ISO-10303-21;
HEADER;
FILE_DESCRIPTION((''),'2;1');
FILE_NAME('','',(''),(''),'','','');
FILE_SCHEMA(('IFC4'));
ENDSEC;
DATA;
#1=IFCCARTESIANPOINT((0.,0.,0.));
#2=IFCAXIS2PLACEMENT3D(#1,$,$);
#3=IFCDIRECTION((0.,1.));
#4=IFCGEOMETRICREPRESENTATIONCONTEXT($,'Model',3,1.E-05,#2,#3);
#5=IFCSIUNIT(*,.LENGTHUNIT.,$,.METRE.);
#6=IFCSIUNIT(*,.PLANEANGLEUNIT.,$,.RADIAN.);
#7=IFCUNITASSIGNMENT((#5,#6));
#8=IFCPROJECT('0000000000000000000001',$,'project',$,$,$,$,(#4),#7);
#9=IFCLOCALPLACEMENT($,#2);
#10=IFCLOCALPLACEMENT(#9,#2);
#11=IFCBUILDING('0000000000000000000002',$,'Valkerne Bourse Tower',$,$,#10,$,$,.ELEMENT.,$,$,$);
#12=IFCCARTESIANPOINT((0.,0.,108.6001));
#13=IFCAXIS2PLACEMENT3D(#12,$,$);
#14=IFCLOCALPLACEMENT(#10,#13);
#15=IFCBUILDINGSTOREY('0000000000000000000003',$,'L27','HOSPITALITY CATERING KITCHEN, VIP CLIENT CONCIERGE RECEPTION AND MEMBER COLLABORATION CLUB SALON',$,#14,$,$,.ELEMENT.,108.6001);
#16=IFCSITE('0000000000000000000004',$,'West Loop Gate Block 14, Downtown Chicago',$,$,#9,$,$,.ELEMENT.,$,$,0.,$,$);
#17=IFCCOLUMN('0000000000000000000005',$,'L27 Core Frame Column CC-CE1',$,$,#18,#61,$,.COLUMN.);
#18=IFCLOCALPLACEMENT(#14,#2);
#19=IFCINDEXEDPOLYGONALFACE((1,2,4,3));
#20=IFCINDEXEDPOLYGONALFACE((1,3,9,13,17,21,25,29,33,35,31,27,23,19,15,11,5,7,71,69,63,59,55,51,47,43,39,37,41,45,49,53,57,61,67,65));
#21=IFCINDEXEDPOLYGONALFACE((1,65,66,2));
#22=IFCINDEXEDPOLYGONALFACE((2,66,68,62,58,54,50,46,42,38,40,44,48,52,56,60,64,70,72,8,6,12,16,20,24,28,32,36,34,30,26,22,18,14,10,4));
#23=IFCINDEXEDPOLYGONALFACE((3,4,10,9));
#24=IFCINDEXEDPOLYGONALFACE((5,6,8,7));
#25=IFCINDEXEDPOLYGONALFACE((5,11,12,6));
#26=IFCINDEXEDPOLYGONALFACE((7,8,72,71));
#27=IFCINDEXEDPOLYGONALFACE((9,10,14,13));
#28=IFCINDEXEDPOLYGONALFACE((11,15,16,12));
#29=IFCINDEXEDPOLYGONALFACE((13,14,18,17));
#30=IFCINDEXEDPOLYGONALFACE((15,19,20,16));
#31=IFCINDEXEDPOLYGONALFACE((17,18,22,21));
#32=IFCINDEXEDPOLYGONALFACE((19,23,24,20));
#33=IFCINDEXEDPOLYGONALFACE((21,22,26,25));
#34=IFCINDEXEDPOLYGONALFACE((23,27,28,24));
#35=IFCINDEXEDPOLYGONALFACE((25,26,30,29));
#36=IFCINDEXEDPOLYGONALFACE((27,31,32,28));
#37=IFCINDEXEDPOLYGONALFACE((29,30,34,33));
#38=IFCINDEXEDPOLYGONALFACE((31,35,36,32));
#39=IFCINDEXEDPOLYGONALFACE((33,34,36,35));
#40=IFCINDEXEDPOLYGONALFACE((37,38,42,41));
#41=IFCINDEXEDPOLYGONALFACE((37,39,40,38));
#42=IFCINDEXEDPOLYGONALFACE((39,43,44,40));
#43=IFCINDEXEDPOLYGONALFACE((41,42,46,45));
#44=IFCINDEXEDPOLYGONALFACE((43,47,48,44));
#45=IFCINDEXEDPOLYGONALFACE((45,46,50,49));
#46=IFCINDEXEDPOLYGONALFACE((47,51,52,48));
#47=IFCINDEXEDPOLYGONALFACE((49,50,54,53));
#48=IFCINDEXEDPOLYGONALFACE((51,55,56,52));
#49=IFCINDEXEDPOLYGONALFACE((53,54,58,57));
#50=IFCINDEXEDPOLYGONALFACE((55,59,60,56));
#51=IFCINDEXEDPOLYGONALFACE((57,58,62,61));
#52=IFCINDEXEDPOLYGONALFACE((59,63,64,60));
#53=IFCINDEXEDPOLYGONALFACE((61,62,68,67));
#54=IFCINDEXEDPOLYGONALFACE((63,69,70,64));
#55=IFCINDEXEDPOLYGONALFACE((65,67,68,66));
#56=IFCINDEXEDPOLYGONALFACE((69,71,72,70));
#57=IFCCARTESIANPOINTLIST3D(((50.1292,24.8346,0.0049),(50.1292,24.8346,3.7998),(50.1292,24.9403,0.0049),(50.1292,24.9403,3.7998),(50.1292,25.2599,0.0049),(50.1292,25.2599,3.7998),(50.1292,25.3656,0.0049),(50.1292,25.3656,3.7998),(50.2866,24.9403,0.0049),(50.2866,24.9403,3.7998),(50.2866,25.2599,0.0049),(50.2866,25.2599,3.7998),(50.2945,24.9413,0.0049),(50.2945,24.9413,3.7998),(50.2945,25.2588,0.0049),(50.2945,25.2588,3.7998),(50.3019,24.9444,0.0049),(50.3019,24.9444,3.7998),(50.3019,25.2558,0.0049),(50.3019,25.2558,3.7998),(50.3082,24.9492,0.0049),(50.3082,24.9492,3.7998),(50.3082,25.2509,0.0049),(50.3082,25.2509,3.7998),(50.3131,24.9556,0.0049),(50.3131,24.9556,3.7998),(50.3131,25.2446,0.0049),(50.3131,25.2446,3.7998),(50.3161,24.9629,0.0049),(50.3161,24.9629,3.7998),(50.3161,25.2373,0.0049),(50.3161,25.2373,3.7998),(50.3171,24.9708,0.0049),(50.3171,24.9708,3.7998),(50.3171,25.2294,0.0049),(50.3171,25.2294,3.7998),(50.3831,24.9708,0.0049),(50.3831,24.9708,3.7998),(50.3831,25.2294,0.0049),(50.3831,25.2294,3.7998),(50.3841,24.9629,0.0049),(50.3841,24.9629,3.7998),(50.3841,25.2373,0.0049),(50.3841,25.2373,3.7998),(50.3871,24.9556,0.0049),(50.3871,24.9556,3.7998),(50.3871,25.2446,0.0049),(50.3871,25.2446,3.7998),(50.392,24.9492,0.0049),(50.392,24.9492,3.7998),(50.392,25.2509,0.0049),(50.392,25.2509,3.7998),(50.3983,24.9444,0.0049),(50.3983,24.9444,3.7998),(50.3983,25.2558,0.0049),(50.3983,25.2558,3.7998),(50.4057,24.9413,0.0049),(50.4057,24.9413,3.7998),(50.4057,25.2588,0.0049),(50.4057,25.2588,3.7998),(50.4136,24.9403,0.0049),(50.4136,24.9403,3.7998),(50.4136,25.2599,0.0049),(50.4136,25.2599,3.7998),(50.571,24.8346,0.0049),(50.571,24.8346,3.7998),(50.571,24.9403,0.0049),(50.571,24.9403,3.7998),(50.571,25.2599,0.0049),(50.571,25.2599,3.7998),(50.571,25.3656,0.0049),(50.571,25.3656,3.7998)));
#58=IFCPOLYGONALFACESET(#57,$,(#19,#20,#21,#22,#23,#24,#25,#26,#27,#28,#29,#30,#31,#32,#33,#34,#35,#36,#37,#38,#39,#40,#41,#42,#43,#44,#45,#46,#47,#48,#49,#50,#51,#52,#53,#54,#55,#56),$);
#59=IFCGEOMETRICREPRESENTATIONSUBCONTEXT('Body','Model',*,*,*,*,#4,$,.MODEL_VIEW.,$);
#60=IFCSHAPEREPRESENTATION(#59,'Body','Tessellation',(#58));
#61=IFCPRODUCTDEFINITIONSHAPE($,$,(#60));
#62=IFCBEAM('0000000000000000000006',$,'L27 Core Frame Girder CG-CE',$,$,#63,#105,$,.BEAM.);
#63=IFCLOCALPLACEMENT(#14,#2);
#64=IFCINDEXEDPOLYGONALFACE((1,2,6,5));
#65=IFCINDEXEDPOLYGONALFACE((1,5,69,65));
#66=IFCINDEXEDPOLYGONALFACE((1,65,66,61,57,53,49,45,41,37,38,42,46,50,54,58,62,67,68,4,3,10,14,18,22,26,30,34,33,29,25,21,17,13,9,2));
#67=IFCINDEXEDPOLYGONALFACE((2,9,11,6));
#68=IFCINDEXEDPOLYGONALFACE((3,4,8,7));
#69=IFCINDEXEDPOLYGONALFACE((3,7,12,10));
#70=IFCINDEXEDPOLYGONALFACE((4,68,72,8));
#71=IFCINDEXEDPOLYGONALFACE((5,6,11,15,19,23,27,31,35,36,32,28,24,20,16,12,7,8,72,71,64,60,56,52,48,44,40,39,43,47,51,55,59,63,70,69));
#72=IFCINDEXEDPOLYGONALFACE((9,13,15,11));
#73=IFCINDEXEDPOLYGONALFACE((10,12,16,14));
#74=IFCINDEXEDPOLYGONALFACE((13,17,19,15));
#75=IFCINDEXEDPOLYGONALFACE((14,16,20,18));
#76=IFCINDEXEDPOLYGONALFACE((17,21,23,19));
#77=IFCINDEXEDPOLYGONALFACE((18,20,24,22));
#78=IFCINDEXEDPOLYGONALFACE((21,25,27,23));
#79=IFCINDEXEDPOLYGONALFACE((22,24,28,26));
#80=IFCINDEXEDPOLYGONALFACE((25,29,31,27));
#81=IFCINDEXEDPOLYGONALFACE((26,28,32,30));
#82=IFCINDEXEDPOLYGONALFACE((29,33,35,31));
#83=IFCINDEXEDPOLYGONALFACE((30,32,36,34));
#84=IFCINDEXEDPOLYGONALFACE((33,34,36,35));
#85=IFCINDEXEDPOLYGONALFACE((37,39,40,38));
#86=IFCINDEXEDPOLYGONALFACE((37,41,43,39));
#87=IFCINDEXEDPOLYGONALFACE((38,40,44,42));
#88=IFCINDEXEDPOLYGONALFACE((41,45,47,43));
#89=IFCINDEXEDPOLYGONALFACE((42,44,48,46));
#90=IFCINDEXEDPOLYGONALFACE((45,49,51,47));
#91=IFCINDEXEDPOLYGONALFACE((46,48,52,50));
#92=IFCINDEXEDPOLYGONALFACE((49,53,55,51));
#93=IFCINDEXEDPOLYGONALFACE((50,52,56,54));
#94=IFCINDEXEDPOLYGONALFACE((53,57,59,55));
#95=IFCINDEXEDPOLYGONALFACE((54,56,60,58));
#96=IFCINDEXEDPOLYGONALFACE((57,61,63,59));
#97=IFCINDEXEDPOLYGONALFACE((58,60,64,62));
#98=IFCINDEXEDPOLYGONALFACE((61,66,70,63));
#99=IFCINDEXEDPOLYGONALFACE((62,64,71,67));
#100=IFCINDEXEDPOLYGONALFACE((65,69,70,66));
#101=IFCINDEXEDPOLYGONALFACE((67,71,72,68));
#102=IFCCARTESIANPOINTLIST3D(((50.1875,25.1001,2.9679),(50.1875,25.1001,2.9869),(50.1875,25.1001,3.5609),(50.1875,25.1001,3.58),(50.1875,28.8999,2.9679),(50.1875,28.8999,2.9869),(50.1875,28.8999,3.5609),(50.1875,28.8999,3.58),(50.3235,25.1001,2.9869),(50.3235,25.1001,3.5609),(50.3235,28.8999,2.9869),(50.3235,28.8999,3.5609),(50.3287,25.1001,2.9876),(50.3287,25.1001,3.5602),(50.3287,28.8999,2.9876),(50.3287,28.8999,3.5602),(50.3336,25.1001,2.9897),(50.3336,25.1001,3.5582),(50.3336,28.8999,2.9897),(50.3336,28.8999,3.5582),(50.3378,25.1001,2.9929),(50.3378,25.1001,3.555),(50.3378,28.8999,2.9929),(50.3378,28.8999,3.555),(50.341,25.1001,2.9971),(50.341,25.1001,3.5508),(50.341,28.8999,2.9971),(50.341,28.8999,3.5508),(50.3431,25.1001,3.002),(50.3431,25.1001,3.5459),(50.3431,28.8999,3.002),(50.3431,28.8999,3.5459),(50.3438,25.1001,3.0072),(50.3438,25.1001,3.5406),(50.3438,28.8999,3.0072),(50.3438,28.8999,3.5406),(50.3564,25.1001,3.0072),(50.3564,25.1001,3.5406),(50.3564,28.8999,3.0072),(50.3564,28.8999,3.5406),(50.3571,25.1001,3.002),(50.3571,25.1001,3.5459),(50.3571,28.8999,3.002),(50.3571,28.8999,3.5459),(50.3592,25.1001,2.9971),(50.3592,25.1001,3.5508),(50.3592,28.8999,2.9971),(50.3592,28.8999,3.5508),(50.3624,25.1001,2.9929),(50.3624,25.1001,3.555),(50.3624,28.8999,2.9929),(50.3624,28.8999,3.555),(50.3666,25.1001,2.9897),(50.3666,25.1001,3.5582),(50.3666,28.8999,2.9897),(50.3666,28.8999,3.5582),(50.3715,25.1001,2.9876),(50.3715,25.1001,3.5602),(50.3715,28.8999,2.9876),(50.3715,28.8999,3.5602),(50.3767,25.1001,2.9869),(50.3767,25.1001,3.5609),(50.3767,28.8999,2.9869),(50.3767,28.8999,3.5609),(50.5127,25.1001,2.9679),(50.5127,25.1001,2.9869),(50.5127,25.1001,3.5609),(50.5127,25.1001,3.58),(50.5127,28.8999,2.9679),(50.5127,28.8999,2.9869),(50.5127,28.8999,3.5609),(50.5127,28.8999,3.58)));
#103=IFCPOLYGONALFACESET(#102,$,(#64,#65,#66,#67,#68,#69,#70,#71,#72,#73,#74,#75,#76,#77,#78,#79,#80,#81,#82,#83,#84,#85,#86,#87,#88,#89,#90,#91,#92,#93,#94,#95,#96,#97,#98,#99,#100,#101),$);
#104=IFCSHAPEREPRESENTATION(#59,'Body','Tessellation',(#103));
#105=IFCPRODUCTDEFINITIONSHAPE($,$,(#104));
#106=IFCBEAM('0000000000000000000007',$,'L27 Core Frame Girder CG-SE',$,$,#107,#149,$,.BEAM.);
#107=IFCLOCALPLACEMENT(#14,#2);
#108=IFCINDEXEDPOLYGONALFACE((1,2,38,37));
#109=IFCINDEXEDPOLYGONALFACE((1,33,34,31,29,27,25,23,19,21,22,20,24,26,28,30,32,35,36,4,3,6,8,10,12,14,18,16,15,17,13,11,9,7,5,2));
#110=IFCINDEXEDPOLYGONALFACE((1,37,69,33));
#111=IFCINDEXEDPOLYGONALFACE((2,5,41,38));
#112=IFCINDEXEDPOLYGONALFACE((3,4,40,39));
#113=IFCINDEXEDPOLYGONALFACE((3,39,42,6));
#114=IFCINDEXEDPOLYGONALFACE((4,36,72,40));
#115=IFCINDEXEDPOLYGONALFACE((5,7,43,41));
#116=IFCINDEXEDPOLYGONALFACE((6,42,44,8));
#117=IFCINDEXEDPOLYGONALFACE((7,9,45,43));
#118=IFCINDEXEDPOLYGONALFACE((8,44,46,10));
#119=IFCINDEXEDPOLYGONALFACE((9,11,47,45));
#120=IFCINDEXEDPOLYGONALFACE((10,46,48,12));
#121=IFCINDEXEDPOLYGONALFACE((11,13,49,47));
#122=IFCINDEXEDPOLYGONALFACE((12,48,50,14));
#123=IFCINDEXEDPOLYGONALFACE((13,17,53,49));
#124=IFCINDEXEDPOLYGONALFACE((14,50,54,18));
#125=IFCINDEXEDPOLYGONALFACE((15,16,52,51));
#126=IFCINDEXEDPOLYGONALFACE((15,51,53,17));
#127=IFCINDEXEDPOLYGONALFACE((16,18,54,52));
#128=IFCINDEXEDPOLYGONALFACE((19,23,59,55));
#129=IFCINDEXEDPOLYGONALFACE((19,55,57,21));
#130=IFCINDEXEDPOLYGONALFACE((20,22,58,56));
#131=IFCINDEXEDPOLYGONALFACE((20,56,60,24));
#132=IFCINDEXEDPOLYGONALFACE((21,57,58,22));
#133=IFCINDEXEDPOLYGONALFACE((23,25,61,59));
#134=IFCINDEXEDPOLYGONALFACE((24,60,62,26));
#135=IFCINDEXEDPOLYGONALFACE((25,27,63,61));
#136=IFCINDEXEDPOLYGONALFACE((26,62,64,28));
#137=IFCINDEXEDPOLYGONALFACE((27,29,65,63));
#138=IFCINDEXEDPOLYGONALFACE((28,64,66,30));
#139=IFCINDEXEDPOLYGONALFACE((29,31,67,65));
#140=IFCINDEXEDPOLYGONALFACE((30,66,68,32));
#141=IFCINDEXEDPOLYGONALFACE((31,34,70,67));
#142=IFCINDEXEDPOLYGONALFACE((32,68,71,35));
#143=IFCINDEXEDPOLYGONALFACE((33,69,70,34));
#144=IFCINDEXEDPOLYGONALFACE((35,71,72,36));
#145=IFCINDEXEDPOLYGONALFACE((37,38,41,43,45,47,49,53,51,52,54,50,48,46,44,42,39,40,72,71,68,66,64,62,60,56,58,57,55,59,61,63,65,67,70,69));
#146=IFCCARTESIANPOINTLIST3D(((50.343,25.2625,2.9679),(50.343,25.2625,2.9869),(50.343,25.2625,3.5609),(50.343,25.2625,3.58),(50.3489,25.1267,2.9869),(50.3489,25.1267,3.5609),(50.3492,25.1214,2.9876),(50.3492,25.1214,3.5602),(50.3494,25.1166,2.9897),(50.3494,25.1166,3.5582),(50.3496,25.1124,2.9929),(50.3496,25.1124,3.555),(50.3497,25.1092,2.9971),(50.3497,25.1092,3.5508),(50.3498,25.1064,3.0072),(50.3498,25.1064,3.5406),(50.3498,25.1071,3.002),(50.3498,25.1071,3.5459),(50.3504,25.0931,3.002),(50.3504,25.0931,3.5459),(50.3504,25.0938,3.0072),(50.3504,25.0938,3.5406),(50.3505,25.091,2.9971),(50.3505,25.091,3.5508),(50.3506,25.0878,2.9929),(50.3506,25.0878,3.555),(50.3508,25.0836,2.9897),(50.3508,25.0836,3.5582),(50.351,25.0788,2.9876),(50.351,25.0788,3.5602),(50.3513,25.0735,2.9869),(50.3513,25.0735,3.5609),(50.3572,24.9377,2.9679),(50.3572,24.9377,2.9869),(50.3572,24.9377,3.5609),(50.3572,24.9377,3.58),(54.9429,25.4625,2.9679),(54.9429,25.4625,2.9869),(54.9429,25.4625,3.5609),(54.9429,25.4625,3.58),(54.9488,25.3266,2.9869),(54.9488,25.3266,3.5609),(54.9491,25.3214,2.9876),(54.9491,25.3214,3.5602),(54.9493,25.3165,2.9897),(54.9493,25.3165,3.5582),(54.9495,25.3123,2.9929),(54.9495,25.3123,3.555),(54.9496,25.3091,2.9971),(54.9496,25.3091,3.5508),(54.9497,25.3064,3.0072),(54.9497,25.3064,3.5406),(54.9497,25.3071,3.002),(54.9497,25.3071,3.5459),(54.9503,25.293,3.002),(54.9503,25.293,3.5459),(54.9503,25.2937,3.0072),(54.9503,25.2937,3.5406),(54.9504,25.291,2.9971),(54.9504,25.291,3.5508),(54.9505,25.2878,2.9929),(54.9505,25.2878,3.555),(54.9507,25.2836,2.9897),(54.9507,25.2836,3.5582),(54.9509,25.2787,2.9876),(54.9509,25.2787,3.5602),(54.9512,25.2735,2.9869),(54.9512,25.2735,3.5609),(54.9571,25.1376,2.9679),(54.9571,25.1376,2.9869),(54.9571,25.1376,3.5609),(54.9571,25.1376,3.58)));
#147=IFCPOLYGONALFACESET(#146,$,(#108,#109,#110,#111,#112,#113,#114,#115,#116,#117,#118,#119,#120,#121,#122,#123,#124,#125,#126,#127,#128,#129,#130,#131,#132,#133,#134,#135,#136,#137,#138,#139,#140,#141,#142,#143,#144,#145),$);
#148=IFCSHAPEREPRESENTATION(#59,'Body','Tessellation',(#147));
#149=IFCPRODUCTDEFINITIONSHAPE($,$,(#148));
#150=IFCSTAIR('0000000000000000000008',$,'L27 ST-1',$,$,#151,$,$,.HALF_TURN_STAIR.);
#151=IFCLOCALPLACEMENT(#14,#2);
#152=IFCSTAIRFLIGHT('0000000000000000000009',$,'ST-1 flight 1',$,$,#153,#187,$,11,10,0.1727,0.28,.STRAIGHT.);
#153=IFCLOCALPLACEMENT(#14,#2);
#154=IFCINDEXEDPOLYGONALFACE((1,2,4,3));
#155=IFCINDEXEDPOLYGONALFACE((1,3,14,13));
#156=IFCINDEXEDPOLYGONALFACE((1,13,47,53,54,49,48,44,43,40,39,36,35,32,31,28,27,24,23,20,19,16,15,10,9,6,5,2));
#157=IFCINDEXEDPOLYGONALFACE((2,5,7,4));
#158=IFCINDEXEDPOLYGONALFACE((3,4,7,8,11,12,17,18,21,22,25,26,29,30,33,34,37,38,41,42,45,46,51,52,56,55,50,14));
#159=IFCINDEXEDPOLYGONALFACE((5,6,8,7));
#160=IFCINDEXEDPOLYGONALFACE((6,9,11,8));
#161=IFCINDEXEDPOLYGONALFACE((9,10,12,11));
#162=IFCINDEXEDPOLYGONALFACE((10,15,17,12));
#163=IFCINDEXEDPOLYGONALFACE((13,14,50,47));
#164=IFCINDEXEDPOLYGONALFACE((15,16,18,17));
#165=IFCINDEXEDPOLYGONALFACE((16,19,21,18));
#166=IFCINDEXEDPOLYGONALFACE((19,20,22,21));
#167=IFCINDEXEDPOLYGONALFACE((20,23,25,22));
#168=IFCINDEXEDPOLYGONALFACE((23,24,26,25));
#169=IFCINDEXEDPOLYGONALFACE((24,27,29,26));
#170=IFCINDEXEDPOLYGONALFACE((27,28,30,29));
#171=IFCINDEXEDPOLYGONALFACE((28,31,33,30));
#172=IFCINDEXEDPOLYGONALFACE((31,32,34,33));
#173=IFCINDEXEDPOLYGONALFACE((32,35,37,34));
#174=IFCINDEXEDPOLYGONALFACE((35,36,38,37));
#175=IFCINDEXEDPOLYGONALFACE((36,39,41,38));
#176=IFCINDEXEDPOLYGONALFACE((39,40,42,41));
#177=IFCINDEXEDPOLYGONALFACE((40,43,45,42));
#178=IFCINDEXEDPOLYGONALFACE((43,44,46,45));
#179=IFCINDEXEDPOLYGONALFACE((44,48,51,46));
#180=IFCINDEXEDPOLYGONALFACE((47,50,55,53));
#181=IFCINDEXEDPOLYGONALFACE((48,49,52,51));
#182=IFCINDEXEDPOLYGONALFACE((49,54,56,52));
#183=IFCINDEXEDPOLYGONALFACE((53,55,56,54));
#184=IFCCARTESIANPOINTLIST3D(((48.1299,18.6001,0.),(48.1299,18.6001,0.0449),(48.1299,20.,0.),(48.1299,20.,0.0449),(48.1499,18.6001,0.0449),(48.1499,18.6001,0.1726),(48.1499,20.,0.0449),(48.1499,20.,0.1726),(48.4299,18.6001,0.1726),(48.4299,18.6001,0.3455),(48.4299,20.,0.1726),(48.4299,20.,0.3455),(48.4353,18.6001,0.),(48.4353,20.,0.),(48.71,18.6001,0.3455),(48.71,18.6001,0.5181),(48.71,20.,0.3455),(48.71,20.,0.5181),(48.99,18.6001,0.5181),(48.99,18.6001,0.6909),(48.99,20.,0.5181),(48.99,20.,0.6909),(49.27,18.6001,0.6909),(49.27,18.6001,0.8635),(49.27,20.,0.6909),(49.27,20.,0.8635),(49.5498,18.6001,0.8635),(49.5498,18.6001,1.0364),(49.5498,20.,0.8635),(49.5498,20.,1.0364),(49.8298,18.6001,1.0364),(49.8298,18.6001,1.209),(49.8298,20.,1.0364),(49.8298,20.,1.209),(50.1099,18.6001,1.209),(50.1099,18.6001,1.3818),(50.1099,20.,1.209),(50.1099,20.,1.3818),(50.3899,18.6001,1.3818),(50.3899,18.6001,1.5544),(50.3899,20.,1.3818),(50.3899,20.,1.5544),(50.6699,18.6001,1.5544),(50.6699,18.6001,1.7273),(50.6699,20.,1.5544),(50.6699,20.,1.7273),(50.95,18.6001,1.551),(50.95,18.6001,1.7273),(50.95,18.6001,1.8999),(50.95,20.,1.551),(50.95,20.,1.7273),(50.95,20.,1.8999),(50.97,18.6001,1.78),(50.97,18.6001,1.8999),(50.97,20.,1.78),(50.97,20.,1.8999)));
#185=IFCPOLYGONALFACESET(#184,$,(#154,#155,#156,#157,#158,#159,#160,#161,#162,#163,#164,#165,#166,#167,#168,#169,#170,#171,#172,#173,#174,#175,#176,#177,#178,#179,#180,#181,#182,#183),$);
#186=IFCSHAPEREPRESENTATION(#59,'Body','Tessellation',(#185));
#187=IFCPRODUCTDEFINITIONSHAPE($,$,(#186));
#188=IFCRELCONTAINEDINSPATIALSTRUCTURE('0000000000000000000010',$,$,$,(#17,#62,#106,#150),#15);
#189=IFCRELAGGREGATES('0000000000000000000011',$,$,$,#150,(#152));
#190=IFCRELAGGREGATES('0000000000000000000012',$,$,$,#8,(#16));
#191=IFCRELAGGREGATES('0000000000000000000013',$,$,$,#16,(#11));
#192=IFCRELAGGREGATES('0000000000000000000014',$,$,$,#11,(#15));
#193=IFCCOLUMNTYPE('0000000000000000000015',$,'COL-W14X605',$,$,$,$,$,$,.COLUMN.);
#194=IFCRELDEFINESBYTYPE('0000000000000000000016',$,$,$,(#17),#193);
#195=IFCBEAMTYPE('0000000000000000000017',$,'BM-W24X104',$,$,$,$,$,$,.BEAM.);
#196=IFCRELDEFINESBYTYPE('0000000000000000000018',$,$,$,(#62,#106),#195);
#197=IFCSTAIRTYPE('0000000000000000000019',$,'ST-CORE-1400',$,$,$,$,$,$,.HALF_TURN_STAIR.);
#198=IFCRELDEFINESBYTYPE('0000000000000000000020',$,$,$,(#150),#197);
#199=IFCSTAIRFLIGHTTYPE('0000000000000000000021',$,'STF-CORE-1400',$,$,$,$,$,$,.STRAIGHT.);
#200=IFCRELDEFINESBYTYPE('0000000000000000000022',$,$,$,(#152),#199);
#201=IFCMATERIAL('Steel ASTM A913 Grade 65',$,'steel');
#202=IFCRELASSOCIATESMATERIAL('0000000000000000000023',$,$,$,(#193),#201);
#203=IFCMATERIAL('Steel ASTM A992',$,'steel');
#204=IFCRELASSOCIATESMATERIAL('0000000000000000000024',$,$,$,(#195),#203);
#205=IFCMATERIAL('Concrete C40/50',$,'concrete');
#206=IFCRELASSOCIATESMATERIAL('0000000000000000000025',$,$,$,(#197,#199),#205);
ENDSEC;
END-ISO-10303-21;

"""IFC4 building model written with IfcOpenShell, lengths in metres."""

from ifc_helpers import new_model, si_unit, direction, frame, origin, origin_2d, place, context, subcontext, project, spatial, polyline, i_section, outline, extrude, material, material_profile, profile_set, type_object, element, aggregate, save


model = new_model("IFC4")

# Units and contexts
model_context = context("Model", 3, precision=1e-05, world=origin(), true_north=direction((0.0, 1.0)))
body_context = subcontext(model_context, "Body", "Model", "MODEL_VIEW")
ifc_project = project(units=[si_unit("LENGTHUNIT", "METRE"), si_unit("PLANEANGLEUNIT", "RADIAN")], contexts=[model_context])

# Site, building, storey
site_placement = place(None, origin())
site = spatial("IfcSite", under=ifc_project, at=site_placement, Name="West Loop Gate Block 14, Downtown Chicago", CompositionType="ELEMENT", RefElevation=0.0)
building_placement = place(site_placement, origin())
building = spatial("IfcBuilding", under=site, at=building_placement, Name="Valkerne Bourse Tower", CompositionType="ELEMENT")
storey_placement = place(building_placement, frame((0.0, 0.0, 108.6001)))
storey = spatial("IfcBuildingStorey", under=building, at=storey_placement, Name="L27", Description="HOSPITALITY CATERING KITCHEN, VIP CLIENT CONCIERGE RECEPTION AND MEMBER COLLABORATION CLUB SALON", CompositionType="ELEMENT", Elevation=108.6001)

# Column
ifc_material_1 = material(Name="Steel ASTM A913 Grade 65", Category="steel")
ifc_material_profile_1 = material_profile(ifc_material_1, i_section(OverallWidth=0.4419, OverallDepth=0.531, WebThickness=0.0659, FlangeThickness=0.1057, FilletRadius=0.0305, at=origin_2d()), Name="W14X605")
ifc_profile_set_1 = profile_set([ifc_material_profile_1], Name="Steel ASTM A913 Grade 65")
column_type = type_object("IfcColumnType", Name="COL-W14X605", PredefinedType="COLUMN", material=ifc_profile_set_1)
column_placement = place(storey_placement, frame((50.3501, 25.1001, 0.0049), z_axis=(0.0, 0.0, 1.0), x_axis=(1.0, 0.0, 0.0)))
element("IfcColumn", 1, at=column_placement, inside=storey, type_object=column_type, Name="L27 Core Frame Column CC-CE1", PredefinedType="COLUMN", context=body_context, shape_type="SweptSolid", body=[
    extrude(i_section(OverallWidth=0.4419, OverallDepth=0.531, WebThickness=0.0659, FlangeThickness=0.1057, FilletRadius=0.0305, at=origin_2d()), origin(), (0.0, 0.0, 1.0), 3.7949),
])

# Beams
ifc_material_2 = material(Name="Steel ASTM A992", Category="steel")
ifc_material_profile_2 = material_profile(ifc_material_2, i_section(OverallWidth=0.3252, OverallDepth=0.6121, WebThickness=0.0127, FlangeThickness=0.019, FilletRadius=0.0203, at=origin_2d()), Name="W24X104")
ifc_profile_set_2 = profile_set([ifc_material_profile_2], Name="Steel ASTM A992")
beam_type = type_object("IfcBeamType", Name="BM-W24X104", PredefinedType="BEAM", material=ifc_profile_set_2)
beam_1_placement = place(storey_placement, frame((50.3501, 25.1001, 3.2739), z_axis=(0.0, 1.0, 0.0), x_axis=(-1.0, 0.0, 0.0)))
element("IfcBeam", 2, at=beam_1_placement, inside=storey, type_object=beam_type, Name="L27 Core Frame Girder CG-CE", PredefinedType="BEAM", context=body_context, shape_type="SweptSolid", body=[
    extrude(i_section(OverallWidth=0.3252, OverallDepth=0.6121, WebThickness=0.0127, FlangeThickness=0.019, FilletRadius=0.0203, at=origin_2d()), origin(), (0.0, 0.0, 1.0), 3.7998),
])
beam_2_placement = place(storey_placement, frame((50.3501, 25.1001, 3.2739), z_axis=(0.999057, 0.043428, 0.0), x_axis=(-0.043428, 0.999057, 0.0)))
element("IfcBeam", 3, at=beam_2_placement, inside=storey, type_object=beam_type, Name="L27 Core Frame Girder CG-SE", PredefinedType="BEAM", context=body_context, shape_type="SweptSolid", body=[
    extrude(i_section(OverallWidth=0.3252, OverallDepth=0.6121, WebThickness=0.0127, FlangeThickness=0.019, FilletRadius=0.0203, at=origin_2d()), origin(), (0.0, 0.0, 1.0), 4.6042),
])

# Stair, stair flight
ifc_material_3 = material(Name="Concrete C40/50", Category="concrete")
stair_type = type_object("IfcStairType", Name="ST-CORE-1400", PredefinedType="HALF_TURN_STAIR", material=ifc_material_3)
stair_placement = place(storey_placement, origin())
stair = element("IfcStair", 4, at=stair_placement, inside=storey, type_object=stair_type, Name="L27 ST-1", PredefinedType="HALF_TURN_STAIR")
stair_flight_type = type_object("IfcStairFlightType", Name="STF-CORE-1400", PredefinedType="STRAIGHT", material=ifc_material_3)
stair_flight_1_placement = place(storey_placement, frame((48.1499, 19.3, 0.0), z_axis=(0.0, 0.0, 1.0), x_axis=(1.0, 0.0, 0.0)))
stair_flight_1 = element("IfcStairFlight", 5, at=stair_flight_1_placement, type_object=stair_flight_type, Name="ST-1 flight 1", NumberOfRisers=11, NumberOfTreads=10, PredefinedType="STRAIGHT", RiserHeight=0.1727, TreadLength=0.28, context=body_context, shape_type="SweptSolid", body=[
    extrude(outline(polyline([(-0.02, 0.0), (-0.02, 0.0449), (0.0, 0.0449), (0.0, 0.1726), (0.28, 0.1726), (0.28, 0.3455), (0.5601, 0.3455), (0.5601, 0.5181), (0.8401, 0.5181), (0.8401, 0.6909), (1.1201, 0.6909), (1.1201, 0.8635), (1.3999, 0.8635), (1.3999, 1.0364), (1.6799, 1.0364), (1.6799, 1.209), (1.96, 1.209), (1.96, 1.3818), (2.24, 1.3818), (2.24, 1.5544), (2.52, 1.5544), (2.52, 1.7273), (2.8, 1.7273), (2.8, 1.8999), (2.8201, 1.8999), (2.8201, 1.78), (2.8, 1.551), (0.2854, 0.0), (-0.02, 0.0)])), frame((0.0, 0.7, 0.0), z_axis=(0.0, -1.0, 0.0), x_axis=(1.0, 0.0, 0.0)), (0.0, 0.0, 1.0), 1.3999),
])
aggregate(stair, [stair_flight_1])

save(model, "model.ifc")
